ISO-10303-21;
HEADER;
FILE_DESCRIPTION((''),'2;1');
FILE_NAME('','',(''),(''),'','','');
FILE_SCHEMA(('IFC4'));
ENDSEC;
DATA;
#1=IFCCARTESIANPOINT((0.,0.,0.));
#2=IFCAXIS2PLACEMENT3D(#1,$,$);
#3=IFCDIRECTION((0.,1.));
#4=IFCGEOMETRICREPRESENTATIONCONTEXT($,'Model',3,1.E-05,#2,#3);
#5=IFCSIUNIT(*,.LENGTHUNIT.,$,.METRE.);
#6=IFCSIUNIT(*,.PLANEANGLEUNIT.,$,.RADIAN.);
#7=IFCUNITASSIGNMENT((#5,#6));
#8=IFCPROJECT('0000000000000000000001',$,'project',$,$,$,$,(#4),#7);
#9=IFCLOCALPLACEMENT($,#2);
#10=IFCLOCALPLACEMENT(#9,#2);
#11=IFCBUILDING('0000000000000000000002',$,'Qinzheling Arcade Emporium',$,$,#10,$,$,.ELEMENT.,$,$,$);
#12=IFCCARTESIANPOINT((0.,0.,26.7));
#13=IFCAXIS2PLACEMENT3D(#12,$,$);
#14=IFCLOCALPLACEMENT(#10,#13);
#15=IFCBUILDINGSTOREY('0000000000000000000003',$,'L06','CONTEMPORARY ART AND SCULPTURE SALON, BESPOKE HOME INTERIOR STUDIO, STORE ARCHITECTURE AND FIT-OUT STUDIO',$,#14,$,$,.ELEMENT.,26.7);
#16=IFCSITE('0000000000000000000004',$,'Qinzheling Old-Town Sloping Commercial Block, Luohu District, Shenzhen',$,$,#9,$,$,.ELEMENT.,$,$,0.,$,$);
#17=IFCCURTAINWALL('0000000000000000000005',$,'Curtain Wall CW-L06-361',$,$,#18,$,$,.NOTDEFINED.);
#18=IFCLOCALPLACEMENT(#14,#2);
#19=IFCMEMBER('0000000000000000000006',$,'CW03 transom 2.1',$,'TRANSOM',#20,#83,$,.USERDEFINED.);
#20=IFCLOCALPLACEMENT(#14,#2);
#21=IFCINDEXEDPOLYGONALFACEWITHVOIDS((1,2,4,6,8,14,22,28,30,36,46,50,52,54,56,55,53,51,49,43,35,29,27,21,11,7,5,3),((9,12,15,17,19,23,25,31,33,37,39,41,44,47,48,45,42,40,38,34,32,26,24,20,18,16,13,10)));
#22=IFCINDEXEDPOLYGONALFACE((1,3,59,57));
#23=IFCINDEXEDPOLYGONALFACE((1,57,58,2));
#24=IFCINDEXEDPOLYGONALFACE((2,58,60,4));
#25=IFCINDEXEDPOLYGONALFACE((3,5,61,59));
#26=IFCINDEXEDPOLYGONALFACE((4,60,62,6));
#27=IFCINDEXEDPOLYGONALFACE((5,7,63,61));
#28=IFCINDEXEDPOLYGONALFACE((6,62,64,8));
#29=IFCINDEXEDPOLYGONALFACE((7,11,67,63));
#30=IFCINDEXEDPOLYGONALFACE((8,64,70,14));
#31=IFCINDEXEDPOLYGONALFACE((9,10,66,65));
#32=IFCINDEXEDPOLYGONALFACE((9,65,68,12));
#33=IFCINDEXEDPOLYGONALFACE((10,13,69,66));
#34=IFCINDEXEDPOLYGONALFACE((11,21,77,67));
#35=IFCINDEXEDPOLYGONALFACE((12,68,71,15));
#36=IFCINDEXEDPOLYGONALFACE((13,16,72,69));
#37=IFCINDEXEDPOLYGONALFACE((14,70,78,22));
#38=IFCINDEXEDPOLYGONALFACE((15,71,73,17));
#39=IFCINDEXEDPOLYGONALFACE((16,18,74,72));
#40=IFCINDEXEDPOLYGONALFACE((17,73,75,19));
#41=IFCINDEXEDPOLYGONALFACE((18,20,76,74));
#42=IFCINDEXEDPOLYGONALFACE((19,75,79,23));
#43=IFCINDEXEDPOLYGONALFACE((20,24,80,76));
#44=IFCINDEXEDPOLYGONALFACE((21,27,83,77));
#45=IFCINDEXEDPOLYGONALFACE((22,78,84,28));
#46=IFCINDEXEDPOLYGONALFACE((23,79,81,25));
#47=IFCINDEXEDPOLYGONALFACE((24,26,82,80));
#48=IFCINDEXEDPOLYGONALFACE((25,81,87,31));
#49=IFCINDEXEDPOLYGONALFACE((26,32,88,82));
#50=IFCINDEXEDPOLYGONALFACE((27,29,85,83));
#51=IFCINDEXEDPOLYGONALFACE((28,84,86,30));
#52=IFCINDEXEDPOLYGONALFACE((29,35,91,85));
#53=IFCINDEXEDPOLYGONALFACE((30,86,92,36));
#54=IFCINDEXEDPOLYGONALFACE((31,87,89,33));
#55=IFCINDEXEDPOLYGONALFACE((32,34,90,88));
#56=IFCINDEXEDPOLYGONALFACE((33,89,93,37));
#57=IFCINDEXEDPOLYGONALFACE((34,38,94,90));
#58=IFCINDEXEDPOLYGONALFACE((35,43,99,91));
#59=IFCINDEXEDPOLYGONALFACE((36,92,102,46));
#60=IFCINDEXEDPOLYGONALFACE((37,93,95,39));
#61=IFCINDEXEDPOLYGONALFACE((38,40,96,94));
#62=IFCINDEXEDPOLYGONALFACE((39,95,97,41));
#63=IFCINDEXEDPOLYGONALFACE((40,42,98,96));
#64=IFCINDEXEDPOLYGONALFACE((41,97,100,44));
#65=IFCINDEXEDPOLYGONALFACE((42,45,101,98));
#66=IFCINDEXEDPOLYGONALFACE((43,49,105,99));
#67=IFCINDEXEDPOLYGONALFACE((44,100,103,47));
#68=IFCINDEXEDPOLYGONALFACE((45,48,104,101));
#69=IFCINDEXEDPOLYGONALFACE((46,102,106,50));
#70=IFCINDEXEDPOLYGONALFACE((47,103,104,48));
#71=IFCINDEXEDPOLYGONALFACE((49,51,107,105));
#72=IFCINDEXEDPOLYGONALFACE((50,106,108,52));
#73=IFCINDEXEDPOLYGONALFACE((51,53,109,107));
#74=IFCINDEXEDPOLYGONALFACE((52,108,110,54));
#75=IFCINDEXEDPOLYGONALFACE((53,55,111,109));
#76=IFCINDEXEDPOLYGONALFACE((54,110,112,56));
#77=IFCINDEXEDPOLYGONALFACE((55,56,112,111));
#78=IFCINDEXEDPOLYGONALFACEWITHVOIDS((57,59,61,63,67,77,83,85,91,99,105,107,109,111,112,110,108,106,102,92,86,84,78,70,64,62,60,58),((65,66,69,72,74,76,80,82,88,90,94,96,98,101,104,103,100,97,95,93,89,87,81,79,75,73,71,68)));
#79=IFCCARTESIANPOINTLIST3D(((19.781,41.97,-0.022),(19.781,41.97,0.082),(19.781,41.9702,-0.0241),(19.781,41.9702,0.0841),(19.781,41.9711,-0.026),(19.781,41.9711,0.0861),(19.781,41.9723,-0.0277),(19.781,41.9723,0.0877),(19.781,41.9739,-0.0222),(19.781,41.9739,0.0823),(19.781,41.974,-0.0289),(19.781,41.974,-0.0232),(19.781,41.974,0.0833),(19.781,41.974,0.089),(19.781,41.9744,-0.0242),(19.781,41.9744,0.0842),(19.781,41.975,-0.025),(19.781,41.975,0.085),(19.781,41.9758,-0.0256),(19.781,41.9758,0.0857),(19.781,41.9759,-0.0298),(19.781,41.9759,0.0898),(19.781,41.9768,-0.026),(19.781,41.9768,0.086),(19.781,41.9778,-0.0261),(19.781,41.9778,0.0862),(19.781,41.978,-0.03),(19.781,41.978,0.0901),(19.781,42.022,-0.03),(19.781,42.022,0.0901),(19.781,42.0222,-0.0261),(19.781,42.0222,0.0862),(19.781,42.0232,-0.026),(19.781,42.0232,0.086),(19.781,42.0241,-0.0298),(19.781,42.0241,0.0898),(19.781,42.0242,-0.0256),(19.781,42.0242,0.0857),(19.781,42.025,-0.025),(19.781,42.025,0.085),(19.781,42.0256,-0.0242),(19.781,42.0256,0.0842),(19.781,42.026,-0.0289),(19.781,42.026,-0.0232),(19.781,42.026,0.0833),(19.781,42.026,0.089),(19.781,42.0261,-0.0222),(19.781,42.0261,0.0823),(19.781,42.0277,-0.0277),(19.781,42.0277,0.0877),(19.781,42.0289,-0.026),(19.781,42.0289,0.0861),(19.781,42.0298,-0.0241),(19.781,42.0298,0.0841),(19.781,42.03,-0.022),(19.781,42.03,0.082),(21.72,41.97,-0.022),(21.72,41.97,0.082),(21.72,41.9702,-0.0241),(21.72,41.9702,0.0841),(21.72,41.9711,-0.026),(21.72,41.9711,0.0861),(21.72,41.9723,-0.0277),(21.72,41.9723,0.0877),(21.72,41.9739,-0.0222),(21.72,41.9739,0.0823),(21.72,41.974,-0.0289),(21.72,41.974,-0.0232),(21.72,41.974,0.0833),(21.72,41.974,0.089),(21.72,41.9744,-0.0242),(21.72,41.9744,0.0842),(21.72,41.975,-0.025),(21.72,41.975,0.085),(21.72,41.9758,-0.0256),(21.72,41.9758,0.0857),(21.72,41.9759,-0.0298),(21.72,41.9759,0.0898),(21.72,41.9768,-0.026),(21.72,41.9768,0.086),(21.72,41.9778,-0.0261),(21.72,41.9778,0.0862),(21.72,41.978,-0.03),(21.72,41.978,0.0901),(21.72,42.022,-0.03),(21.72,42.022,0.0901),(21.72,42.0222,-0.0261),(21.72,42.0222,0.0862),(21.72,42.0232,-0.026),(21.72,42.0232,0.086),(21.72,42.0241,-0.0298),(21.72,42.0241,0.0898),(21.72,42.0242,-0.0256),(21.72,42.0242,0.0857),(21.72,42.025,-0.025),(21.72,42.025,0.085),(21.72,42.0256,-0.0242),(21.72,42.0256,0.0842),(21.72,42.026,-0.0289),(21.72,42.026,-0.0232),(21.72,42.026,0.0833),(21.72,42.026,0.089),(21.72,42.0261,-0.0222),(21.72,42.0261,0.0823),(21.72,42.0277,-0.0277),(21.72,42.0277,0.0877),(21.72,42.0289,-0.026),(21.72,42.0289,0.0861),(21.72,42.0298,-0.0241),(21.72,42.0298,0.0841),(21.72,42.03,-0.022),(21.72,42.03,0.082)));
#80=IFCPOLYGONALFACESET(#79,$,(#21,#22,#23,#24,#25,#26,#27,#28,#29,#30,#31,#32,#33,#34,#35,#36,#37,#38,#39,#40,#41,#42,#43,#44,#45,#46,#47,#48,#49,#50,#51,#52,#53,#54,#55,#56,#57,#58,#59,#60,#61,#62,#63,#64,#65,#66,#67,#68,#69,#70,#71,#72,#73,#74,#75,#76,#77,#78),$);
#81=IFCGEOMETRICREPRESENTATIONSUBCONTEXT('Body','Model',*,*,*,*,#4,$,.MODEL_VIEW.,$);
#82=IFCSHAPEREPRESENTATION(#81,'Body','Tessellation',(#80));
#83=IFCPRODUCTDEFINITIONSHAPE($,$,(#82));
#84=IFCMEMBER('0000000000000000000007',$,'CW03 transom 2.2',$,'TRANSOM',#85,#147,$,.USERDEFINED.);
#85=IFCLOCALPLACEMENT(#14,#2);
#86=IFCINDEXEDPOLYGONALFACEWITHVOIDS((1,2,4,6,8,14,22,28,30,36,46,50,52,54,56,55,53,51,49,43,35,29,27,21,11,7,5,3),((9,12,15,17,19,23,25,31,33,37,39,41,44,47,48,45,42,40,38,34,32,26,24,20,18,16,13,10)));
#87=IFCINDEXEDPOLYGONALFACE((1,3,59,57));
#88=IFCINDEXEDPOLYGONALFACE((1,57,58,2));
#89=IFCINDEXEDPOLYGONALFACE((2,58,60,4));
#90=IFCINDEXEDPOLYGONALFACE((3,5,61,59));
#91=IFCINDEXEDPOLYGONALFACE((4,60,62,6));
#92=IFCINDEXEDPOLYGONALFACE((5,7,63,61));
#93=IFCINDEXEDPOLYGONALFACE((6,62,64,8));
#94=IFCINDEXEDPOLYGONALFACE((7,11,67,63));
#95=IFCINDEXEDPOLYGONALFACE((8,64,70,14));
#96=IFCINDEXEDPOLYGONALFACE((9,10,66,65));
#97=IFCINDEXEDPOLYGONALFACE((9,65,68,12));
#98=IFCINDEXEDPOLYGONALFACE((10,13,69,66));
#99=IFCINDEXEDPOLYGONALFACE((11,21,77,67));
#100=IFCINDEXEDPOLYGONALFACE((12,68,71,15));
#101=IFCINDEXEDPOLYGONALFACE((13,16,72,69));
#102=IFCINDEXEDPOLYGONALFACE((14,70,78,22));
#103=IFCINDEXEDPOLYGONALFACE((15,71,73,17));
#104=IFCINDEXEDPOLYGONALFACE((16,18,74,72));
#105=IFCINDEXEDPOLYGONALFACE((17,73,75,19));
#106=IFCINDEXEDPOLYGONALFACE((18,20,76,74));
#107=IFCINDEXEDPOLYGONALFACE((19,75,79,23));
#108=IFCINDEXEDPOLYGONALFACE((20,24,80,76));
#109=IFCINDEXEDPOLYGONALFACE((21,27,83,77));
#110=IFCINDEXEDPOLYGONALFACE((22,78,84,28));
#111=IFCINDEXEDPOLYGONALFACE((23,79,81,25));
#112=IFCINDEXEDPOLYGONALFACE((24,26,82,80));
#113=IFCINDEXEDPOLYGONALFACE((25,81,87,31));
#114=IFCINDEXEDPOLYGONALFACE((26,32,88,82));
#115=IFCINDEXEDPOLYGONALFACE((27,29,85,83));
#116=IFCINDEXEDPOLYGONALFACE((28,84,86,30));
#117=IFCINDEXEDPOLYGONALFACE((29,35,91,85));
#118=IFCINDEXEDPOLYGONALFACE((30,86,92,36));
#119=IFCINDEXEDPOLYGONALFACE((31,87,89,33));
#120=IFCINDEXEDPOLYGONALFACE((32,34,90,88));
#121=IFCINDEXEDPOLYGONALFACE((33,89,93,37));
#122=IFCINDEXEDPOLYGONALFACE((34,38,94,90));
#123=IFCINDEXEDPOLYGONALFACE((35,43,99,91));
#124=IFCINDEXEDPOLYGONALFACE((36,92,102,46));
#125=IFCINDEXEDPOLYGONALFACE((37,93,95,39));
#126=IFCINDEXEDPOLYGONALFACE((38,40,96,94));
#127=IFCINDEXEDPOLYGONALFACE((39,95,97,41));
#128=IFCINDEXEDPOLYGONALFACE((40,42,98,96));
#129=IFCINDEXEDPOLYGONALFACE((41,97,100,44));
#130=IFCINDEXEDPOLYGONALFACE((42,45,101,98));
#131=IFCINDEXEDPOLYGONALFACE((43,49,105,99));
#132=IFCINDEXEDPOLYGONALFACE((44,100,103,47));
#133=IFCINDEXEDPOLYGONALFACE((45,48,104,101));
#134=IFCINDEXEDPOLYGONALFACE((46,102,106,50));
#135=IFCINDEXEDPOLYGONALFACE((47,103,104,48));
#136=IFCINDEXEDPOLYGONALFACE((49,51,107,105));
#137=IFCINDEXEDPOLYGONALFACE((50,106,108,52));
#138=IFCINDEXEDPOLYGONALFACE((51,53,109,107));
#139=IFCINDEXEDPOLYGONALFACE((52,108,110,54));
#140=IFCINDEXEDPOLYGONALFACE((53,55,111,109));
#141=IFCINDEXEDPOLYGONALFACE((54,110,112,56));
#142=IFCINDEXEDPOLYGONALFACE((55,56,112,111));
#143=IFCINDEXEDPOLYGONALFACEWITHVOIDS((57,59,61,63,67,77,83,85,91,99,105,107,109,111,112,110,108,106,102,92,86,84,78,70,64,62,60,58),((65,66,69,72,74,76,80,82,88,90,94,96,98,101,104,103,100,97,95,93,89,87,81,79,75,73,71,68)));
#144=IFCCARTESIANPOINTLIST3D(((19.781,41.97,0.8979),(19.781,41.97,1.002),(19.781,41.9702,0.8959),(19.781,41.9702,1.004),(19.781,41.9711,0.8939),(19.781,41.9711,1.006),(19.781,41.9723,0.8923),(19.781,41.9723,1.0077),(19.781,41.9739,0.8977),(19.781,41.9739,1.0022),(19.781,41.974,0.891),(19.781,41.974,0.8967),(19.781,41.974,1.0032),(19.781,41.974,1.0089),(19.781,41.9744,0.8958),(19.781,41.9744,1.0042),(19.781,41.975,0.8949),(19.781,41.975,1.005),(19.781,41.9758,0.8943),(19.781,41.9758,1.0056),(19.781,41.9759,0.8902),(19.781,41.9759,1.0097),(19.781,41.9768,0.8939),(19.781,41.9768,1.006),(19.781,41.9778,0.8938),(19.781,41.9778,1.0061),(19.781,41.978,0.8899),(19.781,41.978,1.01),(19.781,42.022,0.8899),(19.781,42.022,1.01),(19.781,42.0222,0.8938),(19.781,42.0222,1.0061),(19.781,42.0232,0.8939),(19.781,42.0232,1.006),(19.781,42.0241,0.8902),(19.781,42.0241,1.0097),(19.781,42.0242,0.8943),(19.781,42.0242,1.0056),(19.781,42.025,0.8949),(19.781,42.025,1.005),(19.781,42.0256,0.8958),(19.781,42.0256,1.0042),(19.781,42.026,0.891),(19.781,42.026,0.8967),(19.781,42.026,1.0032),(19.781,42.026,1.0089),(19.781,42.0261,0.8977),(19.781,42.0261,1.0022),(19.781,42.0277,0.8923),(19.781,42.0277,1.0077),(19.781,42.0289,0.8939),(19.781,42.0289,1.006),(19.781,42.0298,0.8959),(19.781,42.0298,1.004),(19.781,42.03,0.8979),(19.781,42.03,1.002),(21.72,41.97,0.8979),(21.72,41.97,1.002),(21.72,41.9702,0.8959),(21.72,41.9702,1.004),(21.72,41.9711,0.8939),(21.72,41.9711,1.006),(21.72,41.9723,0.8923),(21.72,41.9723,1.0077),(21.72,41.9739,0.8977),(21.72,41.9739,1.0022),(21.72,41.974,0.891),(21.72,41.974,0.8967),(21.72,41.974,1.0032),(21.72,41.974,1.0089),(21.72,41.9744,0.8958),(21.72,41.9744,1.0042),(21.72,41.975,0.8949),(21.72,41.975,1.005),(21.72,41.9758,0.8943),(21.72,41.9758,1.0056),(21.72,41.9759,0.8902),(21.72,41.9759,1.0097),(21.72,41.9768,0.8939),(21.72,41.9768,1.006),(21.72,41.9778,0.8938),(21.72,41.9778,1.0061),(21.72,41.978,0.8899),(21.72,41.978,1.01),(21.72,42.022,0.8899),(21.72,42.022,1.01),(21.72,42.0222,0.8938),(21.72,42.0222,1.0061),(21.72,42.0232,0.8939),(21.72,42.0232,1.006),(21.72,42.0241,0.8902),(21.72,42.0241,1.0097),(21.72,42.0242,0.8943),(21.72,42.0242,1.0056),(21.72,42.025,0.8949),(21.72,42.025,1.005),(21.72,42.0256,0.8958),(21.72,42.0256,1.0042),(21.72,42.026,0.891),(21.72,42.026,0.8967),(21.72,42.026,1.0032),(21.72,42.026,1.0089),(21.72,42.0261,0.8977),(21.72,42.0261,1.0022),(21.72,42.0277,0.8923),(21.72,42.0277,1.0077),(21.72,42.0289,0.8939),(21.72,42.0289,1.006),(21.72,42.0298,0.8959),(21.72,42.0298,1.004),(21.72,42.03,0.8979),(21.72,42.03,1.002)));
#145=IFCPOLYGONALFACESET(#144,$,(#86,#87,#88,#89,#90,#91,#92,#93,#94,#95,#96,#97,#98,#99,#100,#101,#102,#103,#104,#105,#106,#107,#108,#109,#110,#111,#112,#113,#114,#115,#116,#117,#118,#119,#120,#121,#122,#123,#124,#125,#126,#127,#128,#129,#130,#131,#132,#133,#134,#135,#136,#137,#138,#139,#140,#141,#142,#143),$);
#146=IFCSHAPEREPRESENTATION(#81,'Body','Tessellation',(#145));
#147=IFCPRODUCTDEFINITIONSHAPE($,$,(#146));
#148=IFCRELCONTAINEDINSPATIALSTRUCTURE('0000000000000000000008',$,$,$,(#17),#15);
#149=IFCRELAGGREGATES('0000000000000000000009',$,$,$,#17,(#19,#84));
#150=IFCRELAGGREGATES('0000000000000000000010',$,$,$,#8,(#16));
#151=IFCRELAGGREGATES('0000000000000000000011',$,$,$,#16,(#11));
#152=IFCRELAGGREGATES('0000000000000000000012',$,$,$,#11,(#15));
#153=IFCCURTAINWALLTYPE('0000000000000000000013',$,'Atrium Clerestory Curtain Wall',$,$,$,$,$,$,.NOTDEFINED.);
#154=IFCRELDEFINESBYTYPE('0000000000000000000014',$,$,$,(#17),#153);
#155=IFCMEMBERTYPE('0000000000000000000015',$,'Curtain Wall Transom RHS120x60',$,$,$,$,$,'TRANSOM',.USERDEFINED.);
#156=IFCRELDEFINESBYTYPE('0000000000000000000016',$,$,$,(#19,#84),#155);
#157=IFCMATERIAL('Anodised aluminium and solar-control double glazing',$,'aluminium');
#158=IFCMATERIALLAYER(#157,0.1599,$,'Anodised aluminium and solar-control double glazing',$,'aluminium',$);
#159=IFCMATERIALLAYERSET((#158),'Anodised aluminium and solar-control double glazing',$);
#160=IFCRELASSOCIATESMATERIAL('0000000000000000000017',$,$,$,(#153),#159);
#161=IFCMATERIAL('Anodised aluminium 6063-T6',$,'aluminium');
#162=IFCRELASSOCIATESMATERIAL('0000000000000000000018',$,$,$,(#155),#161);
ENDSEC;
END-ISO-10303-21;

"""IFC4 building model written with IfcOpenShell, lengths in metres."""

from ifc_helpers import new_model, si_unit, direction, frame, origin, origin_2d, place, context, subcontext, project, spatial, hollow_rectangle, extrude, material, layer, layer_set, material_profile, profile_set, type_object, element, aggregate, save


model = new_model("IFC4")

# Units and contexts
model_context = context("Model", 3, precision=1e-05, world=origin(), true_north=direction((0.0, 1.0)))
body_context = subcontext(model_context, "Body", "Model", "MODEL_VIEW")
ifc_project = project(units=[si_unit("LENGTHUNIT", "METRE"), si_unit("PLANEANGLEUNIT", "RADIAN")], contexts=[model_context])

# Site, building, storey
site_placement = place(None, origin())
site = spatial("IfcSite", under=ifc_project, at=site_placement, Name="Qinzheling Old-Town Sloping Commercial Block, Luohu District, Shenzhen", CompositionType="ELEMENT", RefElevation=0.0)
building_placement = place(site_placement, origin())
building = spatial("IfcBuilding", under=site, at=building_placement, Name="Qinzheling Arcade Emporium", CompositionType="ELEMENT")
storey_placement = place(building_placement, frame((0.0, 0.0, 26.7)))
storey = spatial("IfcBuildingStorey", under=building, at=storey_placement, Name="L06", Description="CONTEMPORARY ART AND SCULPTURE SALON, BESPOKE HOME INTERIOR STUDIO, STORE ARCHITECTURE AND FIT-OUT STUDIO", CompositionType="ELEMENT", Elevation=26.7)

# Curtain wall, members
ifc_material_1 = material(Name="Anodised aluminium and solar-control double glazing", Category="aluminium")
ifc_layer_1 = layer(ifc_material_1, 0.1599, Name="Anodised aluminium and solar-control double glazing", Category="aluminium")
ifc_layer_set_1 = layer_set([ifc_layer_1], Name="Anodised aluminium and solar-control double glazing")
curtain_wall_type = type_object("IfcCurtainWallType", Name="Atrium Clerestory Curtain Wall", PredefinedType="NOTDEFINED", material=ifc_layer_set_1)
curtain_wall_placement = place(storey_placement, origin())
curtain_wall = element("IfcCurtainWall", 1, at=curtain_wall_placement, inside=storey, type_object=curtain_wall_type, Name="Curtain Wall CW-L06-361", PredefinedType="NOTDEFINED")
ifc_material_2 = material(Name="Anodised aluminium 6063-T6", Category="aluminium")
ifc_material_profile_1 = material_profile(ifc_material_2, hollow_rectangle(XDim=0.0601, YDim=0.1201, WallThickness=0.0039, InnerFilletRadius=0.0039, OuterFilletRadius=0.0081, at=origin_2d()), Name="RHS 120x60x4", Category="aluminium")
ifc_profile_set_1 = profile_set([ifc_material_profile_1], Name="Anodised aluminium 6063-T6")
member_type_1 = type_object("IfcMemberType", Name="Curtain Wall Transom RHS120x60", ElementType="TRANSOM", PredefinedType="USERDEFINED", material=ifc_profile_set_1)
member_1_placement = place(storey_placement, frame((19.781, 42.0, 0.03), z_axis=(1.0, 0.0, 0.0), x_axis=(0.0, 1.0, 0.0)))
member_1 = element("IfcMember", 2, at=member_1_placement, type_object=member_type_1, Name="CW03 transom 2.1", ObjectType="TRANSOM", PredefinedType="USERDEFINED", context=body_context, shape_type="SweptSolid", body=[
    extrude(hollow_rectangle(XDim=0.0601, YDim=0.1201, WallThickness=0.0039, InnerFilletRadius=0.0039, OuterFilletRadius=0.0081, at=origin_2d()), origin(), (0.0, 0.0, 1.0), 1.939),
])
member_2_placement = place(storey_placement, frame((19.781, 42.0, 0.95), z_axis=(1.0, 0.0, 0.0), x_axis=(0.0, 1.0, 0.0)))
member_2 = element("IfcMember", 3, at=member_2_placement, type_object=member_type_1, Name="CW03 transom 2.2", ObjectType="TRANSOM", PredefinedType="USERDEFINED", context=body_context, shape_type="SweptSolid", body=[
    extrude(hollow_rectangle(XDim=0.0601, YDim=0.1201, WallThickness=0.0039, InnerFilletRadius=0.0039, OuterFilletRadius=0.0081, at=origin_2d()), origin(), (0.0, 0.0, 1.0), 1.939),
])

aggregate(curtain_wall, [member_1, member_2])

save(model, "model.ifc")
